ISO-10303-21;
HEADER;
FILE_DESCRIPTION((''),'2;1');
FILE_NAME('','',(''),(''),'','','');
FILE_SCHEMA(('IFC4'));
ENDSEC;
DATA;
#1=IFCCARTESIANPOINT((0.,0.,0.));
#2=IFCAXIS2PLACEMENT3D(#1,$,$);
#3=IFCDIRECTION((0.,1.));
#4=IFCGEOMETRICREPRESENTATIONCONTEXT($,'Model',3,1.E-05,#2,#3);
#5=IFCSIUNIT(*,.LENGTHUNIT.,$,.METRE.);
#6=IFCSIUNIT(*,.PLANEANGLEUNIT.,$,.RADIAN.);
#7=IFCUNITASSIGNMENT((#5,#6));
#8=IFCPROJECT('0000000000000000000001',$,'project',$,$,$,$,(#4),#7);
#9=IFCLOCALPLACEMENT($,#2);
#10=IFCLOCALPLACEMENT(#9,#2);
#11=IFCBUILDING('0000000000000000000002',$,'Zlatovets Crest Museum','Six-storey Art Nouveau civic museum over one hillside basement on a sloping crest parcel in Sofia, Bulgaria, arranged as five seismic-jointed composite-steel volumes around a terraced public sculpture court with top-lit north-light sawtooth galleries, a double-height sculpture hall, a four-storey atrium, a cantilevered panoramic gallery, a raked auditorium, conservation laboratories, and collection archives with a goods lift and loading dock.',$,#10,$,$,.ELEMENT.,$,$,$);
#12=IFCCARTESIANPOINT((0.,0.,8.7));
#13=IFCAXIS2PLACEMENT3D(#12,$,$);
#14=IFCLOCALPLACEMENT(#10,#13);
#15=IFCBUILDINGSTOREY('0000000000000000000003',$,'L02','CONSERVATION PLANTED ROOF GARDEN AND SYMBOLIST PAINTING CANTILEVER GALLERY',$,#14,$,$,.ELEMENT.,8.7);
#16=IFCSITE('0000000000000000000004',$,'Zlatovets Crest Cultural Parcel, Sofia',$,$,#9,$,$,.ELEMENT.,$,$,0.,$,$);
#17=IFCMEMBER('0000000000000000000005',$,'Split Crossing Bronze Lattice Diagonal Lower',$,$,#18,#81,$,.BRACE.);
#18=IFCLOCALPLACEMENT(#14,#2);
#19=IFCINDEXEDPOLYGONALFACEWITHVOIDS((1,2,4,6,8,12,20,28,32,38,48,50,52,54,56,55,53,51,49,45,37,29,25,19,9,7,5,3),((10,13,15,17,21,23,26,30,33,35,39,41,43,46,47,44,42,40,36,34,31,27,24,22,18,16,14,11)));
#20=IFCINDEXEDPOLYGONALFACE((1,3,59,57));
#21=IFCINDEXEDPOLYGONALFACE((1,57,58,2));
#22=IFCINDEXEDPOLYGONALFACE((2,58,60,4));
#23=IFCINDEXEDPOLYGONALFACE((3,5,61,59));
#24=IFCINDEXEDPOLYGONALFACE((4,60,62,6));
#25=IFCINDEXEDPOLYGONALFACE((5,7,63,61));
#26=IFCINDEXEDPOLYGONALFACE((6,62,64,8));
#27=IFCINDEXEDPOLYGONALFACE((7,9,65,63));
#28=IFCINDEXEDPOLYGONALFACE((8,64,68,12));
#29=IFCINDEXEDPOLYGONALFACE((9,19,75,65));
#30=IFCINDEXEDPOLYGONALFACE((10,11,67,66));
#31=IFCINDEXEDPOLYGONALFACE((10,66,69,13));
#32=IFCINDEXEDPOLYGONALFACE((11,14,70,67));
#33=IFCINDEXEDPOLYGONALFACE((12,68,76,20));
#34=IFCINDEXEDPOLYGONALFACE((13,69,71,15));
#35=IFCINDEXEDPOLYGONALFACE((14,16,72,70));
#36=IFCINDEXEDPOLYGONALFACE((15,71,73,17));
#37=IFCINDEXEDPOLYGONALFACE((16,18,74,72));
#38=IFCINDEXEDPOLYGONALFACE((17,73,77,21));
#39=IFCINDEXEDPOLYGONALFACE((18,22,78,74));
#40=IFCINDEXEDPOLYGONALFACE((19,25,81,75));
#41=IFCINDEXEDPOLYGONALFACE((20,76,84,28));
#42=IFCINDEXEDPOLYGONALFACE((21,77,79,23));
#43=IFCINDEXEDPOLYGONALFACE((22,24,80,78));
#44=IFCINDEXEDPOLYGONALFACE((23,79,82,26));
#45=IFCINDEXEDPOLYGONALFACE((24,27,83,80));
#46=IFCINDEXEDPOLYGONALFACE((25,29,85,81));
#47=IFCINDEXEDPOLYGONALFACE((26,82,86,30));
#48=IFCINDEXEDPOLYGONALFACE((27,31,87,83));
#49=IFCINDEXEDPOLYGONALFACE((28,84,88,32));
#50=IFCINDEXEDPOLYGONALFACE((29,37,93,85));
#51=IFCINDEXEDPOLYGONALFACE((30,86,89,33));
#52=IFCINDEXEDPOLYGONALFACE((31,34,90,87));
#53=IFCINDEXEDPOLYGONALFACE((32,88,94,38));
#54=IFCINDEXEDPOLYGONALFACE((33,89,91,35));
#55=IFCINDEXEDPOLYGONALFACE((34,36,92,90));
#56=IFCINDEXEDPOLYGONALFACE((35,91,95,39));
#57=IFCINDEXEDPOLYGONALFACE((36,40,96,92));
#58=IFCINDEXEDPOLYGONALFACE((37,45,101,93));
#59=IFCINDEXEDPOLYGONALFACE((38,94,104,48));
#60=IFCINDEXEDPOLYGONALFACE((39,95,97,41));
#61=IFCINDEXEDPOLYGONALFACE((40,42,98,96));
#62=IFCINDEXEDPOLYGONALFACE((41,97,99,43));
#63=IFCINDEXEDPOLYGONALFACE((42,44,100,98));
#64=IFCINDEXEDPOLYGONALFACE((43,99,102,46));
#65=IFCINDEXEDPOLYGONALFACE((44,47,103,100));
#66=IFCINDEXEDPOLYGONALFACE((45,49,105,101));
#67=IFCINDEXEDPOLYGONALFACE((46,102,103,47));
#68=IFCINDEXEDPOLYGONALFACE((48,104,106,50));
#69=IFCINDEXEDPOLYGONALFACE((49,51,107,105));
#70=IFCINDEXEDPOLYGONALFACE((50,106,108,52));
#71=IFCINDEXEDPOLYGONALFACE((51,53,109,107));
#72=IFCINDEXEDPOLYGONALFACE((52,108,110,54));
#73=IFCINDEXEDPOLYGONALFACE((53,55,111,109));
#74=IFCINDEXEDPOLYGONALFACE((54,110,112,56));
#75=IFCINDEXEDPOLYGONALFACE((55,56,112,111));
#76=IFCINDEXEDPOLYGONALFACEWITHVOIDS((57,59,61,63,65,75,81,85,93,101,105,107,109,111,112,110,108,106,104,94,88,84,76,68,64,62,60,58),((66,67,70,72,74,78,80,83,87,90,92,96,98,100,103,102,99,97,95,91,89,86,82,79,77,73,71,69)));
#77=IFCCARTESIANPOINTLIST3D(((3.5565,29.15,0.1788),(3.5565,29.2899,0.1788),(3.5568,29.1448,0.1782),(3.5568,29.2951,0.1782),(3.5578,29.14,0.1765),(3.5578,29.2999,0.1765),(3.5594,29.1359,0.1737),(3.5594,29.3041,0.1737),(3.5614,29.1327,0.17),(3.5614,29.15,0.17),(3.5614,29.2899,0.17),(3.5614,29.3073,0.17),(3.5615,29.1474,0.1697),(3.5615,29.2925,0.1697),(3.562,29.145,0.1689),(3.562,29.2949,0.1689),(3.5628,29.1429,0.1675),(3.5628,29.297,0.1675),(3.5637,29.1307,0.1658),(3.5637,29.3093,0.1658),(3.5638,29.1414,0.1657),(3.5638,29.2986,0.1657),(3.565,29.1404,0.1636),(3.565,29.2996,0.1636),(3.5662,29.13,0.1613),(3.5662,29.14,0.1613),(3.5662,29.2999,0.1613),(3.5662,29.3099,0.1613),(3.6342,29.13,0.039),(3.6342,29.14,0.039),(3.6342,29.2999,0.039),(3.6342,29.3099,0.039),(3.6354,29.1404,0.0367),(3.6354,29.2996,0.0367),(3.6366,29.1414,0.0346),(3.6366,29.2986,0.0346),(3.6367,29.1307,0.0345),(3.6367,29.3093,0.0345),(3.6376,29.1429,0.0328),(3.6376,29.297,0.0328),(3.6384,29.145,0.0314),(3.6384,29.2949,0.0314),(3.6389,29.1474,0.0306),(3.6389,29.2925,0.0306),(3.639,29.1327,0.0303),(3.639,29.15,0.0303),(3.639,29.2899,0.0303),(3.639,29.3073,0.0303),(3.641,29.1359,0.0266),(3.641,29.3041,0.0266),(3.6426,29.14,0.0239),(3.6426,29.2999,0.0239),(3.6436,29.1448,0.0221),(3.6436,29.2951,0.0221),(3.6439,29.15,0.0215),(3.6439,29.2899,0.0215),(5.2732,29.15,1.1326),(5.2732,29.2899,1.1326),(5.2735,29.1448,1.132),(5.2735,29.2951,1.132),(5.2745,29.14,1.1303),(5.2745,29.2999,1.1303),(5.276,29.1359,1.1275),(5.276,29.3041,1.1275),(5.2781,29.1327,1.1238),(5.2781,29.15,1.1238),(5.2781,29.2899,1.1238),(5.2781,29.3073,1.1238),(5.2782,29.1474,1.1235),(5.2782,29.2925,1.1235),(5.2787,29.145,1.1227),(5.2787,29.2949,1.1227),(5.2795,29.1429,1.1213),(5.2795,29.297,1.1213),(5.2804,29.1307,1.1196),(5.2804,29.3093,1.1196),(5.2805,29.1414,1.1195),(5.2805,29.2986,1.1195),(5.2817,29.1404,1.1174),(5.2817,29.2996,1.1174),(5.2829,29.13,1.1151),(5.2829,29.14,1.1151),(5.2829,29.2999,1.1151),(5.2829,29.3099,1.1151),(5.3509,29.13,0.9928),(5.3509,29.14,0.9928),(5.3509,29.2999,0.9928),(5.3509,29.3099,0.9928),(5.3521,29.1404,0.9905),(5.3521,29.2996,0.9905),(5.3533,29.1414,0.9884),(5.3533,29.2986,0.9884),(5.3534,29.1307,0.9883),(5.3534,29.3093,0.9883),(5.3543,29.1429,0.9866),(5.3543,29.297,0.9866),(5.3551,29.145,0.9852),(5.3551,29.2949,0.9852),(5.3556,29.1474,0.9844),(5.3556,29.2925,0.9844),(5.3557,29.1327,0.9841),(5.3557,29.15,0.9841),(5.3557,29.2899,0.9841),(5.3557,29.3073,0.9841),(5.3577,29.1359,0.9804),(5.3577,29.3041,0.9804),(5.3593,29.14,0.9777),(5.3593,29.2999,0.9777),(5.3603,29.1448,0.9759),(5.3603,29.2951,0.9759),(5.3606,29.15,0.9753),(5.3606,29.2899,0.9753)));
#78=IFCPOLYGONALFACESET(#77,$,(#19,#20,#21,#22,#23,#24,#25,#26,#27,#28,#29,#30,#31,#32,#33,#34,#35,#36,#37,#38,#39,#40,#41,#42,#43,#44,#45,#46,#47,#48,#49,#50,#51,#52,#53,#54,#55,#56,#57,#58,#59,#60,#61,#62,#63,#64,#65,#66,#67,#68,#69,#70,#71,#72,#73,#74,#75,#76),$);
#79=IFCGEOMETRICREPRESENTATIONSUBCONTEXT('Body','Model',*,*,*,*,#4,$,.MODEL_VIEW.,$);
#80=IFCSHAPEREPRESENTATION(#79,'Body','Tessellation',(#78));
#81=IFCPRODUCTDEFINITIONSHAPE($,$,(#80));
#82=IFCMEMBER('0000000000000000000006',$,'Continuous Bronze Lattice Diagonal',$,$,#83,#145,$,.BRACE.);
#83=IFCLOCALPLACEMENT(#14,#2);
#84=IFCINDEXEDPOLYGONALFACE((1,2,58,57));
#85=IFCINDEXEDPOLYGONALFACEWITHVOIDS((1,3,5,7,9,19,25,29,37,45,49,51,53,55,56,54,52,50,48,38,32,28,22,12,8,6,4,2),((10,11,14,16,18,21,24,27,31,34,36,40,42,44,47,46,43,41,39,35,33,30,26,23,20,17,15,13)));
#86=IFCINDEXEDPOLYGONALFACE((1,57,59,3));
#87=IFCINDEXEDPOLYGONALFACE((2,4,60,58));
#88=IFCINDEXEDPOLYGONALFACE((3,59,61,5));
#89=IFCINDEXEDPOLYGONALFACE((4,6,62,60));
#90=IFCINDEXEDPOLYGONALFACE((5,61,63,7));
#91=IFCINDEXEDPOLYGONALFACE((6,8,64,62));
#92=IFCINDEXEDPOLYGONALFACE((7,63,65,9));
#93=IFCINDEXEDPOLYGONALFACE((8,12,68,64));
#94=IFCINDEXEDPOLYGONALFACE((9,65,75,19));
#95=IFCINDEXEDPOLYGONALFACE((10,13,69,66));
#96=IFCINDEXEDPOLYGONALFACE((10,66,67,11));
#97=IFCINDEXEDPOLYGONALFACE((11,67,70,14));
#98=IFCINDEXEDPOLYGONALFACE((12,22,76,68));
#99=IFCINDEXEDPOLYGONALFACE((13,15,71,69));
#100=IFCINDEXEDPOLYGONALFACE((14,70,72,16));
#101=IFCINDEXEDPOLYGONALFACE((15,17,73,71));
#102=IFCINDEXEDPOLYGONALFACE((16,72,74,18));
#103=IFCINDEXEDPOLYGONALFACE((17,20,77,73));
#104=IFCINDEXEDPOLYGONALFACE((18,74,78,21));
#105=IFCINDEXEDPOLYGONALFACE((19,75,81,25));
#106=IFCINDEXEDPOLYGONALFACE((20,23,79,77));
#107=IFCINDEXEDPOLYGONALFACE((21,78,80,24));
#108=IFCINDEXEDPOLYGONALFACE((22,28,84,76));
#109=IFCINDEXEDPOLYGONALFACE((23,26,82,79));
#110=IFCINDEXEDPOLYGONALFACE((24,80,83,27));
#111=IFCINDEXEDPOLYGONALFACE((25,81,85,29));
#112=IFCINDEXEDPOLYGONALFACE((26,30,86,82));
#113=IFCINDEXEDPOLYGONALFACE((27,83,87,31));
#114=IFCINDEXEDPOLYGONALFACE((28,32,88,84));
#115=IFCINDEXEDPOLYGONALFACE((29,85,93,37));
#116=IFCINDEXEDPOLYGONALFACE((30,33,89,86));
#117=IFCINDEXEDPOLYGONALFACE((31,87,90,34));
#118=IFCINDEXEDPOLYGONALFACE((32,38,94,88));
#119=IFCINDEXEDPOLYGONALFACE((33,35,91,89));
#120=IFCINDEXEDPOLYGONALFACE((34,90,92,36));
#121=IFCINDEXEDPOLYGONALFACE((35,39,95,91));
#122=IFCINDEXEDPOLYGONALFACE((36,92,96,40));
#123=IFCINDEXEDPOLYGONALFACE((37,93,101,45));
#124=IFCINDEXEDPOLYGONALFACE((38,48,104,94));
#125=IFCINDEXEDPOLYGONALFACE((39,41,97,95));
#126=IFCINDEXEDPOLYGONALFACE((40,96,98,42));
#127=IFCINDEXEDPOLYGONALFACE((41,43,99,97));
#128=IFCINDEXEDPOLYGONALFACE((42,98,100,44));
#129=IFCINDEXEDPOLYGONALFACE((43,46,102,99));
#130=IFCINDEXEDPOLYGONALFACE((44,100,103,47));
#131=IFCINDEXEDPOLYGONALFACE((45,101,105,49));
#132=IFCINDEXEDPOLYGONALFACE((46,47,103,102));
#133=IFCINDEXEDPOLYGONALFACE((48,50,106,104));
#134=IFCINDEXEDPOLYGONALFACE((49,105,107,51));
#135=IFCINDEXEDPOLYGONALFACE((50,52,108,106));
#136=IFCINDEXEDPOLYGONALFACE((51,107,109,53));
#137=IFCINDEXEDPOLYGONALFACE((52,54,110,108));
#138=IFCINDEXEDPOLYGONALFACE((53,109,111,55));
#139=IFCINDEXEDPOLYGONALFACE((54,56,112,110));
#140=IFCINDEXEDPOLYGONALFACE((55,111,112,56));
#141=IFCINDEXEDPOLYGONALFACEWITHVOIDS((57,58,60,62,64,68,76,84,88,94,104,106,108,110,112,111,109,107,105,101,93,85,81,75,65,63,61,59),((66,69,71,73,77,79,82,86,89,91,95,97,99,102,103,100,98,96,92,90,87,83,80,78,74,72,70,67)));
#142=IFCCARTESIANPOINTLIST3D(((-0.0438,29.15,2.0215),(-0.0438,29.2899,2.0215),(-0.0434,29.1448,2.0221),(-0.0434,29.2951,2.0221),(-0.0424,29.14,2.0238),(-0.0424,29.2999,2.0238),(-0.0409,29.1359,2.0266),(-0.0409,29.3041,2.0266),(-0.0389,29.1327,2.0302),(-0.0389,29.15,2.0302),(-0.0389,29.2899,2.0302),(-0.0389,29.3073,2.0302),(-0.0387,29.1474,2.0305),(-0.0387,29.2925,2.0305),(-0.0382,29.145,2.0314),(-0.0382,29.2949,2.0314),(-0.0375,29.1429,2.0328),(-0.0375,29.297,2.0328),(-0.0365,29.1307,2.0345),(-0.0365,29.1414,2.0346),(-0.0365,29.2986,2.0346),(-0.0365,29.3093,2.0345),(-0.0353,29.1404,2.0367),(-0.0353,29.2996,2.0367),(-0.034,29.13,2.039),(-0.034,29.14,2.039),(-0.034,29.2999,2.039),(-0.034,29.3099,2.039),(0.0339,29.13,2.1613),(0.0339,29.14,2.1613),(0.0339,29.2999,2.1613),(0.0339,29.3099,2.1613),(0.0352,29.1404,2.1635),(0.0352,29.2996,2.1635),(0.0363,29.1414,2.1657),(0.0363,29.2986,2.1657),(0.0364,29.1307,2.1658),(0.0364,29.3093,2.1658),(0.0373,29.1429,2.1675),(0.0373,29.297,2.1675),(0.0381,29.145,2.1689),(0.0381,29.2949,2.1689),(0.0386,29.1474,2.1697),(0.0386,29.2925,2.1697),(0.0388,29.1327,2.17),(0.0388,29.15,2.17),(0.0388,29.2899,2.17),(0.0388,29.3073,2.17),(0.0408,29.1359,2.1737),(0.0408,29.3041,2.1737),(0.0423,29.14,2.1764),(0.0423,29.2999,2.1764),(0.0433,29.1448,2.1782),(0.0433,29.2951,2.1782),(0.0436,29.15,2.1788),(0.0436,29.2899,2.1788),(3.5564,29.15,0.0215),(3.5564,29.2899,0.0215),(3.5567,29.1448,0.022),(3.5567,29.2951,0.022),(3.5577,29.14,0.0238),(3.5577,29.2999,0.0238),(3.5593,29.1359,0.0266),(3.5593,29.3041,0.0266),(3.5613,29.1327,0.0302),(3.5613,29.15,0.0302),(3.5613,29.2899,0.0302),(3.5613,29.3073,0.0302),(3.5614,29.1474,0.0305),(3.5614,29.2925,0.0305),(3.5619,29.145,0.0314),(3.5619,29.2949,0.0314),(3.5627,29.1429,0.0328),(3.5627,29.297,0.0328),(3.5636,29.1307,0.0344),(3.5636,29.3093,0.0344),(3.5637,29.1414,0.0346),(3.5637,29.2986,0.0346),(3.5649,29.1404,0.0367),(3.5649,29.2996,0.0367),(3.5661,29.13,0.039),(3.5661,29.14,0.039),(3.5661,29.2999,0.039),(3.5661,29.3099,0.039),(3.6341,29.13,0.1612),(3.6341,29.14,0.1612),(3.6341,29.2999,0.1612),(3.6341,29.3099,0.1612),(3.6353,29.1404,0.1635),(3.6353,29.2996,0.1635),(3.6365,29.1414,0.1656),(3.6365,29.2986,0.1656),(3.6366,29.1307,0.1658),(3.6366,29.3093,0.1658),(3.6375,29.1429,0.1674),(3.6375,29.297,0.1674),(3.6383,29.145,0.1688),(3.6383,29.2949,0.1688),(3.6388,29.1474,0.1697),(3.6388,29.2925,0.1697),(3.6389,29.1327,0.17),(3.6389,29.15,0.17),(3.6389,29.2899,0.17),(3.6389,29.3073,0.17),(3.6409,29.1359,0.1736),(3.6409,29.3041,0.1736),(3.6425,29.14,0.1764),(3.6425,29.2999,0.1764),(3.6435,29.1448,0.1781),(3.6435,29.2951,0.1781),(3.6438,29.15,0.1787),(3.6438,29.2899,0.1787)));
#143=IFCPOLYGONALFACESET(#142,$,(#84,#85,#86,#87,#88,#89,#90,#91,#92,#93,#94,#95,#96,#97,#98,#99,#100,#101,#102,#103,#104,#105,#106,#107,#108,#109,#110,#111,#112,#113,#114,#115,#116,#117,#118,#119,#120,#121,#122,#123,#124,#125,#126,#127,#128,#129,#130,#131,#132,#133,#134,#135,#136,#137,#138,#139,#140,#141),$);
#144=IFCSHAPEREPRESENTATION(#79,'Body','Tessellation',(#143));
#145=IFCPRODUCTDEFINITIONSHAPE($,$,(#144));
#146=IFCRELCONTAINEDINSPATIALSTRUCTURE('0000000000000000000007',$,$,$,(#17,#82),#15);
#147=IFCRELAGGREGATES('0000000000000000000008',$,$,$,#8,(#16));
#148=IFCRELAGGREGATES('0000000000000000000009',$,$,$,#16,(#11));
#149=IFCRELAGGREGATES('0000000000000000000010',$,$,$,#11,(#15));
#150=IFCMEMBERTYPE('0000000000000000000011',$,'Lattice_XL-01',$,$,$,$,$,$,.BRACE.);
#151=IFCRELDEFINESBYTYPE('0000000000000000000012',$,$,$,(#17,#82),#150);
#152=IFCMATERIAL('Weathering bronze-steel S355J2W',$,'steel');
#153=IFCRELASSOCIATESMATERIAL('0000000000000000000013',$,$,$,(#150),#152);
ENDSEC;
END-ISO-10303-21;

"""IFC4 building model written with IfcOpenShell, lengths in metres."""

from ifc_helpers import new_model, si_unit, direction, frame, origin, origin_2d, place, context, subcontext, project, spatial, hollow_rectangle, extrude, material, material_profile, profile_set, type_object, element, save


model = new_model("IFC4")

# Units and contexts
model_context = context("Model", 3, precision=1e-05, world=origin(), true_north=direction((0.0, 1.0)))
body_context = subcontext(model_context, "Body", "Model", "MODEL_VIEW")
ifc_project = project(units=[si_unit("LENGTHUNIT", "METRE"), si_unit("PLANEANGLEUNIT", "RADIAN")], contexts=[model_context])

# Site, building, storey
site_placement = place(None, origin())
site = spatial("IfcSite", under=ifc_project, at=site_placement, Name="Zlatovets Crest Cultural Parcel, Sofia", CompositionType="ELEMENT", RefElevation=0.0)
building_placement = place(site_placement, origin())
building = spatial("IfcBuilding", under=site, at=building_placement, Name="Zlatovets Crest Museum", Description="Six-storey Art Nouveau civic museum over one hillside basement on a sloping crest parcel in Sofia, Bulgaria, arranged as five seismic-jointed composite-steel volumes around a terraced public sculpture court with top-lit north-light sawtooth galleries, a double-height sculpture hall, a four-storey atrium, a cantilevered panoramic gallery, a raked auditorium, conservation laboratories, and collection archives with a goods lift and loading dock.", CompositionType="ELEMENT")
storey_placement = place(building_placement, frame((0.0, 0.0, 8.7)))
storey = spatial("IfcBuildingStorey", under=building, at=storey_placement, Name="L02", Description="CONSERVATION PLANTED ROOF GARDEN AND SYMBOLIST PAINTING CANTILEVER GALLERY", CompositionType="ELEMENT", Elevation=8.7)

# Members
ifc_material_1 = material(Name="Weathering bronze-steel S355J2W", Category="steel")
ifc_material_profile_1 = material_profile(ifc_material_1, hollow_rectangle(XDim=0.1799, YDim=0.1799, WallThickness=0.01, InnerFilletRadius=0.01, OuterFilletRadius=0.02, at=origin_2d()), Name="SHS 180x180x10.0")
ifc_profile_set_1 = profile_set([ifc_material_profile_1], Name="Weathering bronze-steel S355J2W")
member_type_1 = type_object("IfcMemberType", Name="Lattice_XL-01", PredefinedType="BRACE", material=ifc_profile_set_1)
member_1_placement = place(storey_placement, frame((5.3169, 29.22, 1.054), z_axis=(-0.87414, 0.0, -0.485675), x_axis=(0.0, -1.0, 0.0)))
element("IfcMember", 1, at=member_1_placement, inside=storey, type_object=member_type_1, Name="Split Crossing Bronze Lattice Diagonal Lower", PredefinedType="BRACE", context=body_context, shape_type="SweptSolid", body=[
    extrude(hollow_rectangle(XDim=0.1799, YDim=0.1799, WallThickness=0.01, InnerFilletRadius=0.01, OuterFilletRadius=0.02, at=origin_2d()), origin(), (0.0, 0.0, 1.0), 1.9639),
])
member_2_placement = place(storey_placement, frame((3.6001, 29.22, 0.1001), z_axis=(-0.874163, 0.0, 0.485633), x_axis=(0.0, -1.0, 0.0)))
element("IfcMember", 2, at=member_2_placement, inside=storey, type_object=member_type_1, Name="Continuous Bronze Lattice Diagonal", PredefinedType="BRACE", context=body_context, shape_type="SweptSolid", body=[
    extrude(hollow_rectangle(XDim=0.1799, YDim=0.1799, WallThickness=0.01, InnerFilletRadius=0.01, OuterFilletRadius=0.02, at=origin_2d()), origin(), (0.0, 0.0, 1.0), 4.1184),
])

save(model, "model.ifc")
